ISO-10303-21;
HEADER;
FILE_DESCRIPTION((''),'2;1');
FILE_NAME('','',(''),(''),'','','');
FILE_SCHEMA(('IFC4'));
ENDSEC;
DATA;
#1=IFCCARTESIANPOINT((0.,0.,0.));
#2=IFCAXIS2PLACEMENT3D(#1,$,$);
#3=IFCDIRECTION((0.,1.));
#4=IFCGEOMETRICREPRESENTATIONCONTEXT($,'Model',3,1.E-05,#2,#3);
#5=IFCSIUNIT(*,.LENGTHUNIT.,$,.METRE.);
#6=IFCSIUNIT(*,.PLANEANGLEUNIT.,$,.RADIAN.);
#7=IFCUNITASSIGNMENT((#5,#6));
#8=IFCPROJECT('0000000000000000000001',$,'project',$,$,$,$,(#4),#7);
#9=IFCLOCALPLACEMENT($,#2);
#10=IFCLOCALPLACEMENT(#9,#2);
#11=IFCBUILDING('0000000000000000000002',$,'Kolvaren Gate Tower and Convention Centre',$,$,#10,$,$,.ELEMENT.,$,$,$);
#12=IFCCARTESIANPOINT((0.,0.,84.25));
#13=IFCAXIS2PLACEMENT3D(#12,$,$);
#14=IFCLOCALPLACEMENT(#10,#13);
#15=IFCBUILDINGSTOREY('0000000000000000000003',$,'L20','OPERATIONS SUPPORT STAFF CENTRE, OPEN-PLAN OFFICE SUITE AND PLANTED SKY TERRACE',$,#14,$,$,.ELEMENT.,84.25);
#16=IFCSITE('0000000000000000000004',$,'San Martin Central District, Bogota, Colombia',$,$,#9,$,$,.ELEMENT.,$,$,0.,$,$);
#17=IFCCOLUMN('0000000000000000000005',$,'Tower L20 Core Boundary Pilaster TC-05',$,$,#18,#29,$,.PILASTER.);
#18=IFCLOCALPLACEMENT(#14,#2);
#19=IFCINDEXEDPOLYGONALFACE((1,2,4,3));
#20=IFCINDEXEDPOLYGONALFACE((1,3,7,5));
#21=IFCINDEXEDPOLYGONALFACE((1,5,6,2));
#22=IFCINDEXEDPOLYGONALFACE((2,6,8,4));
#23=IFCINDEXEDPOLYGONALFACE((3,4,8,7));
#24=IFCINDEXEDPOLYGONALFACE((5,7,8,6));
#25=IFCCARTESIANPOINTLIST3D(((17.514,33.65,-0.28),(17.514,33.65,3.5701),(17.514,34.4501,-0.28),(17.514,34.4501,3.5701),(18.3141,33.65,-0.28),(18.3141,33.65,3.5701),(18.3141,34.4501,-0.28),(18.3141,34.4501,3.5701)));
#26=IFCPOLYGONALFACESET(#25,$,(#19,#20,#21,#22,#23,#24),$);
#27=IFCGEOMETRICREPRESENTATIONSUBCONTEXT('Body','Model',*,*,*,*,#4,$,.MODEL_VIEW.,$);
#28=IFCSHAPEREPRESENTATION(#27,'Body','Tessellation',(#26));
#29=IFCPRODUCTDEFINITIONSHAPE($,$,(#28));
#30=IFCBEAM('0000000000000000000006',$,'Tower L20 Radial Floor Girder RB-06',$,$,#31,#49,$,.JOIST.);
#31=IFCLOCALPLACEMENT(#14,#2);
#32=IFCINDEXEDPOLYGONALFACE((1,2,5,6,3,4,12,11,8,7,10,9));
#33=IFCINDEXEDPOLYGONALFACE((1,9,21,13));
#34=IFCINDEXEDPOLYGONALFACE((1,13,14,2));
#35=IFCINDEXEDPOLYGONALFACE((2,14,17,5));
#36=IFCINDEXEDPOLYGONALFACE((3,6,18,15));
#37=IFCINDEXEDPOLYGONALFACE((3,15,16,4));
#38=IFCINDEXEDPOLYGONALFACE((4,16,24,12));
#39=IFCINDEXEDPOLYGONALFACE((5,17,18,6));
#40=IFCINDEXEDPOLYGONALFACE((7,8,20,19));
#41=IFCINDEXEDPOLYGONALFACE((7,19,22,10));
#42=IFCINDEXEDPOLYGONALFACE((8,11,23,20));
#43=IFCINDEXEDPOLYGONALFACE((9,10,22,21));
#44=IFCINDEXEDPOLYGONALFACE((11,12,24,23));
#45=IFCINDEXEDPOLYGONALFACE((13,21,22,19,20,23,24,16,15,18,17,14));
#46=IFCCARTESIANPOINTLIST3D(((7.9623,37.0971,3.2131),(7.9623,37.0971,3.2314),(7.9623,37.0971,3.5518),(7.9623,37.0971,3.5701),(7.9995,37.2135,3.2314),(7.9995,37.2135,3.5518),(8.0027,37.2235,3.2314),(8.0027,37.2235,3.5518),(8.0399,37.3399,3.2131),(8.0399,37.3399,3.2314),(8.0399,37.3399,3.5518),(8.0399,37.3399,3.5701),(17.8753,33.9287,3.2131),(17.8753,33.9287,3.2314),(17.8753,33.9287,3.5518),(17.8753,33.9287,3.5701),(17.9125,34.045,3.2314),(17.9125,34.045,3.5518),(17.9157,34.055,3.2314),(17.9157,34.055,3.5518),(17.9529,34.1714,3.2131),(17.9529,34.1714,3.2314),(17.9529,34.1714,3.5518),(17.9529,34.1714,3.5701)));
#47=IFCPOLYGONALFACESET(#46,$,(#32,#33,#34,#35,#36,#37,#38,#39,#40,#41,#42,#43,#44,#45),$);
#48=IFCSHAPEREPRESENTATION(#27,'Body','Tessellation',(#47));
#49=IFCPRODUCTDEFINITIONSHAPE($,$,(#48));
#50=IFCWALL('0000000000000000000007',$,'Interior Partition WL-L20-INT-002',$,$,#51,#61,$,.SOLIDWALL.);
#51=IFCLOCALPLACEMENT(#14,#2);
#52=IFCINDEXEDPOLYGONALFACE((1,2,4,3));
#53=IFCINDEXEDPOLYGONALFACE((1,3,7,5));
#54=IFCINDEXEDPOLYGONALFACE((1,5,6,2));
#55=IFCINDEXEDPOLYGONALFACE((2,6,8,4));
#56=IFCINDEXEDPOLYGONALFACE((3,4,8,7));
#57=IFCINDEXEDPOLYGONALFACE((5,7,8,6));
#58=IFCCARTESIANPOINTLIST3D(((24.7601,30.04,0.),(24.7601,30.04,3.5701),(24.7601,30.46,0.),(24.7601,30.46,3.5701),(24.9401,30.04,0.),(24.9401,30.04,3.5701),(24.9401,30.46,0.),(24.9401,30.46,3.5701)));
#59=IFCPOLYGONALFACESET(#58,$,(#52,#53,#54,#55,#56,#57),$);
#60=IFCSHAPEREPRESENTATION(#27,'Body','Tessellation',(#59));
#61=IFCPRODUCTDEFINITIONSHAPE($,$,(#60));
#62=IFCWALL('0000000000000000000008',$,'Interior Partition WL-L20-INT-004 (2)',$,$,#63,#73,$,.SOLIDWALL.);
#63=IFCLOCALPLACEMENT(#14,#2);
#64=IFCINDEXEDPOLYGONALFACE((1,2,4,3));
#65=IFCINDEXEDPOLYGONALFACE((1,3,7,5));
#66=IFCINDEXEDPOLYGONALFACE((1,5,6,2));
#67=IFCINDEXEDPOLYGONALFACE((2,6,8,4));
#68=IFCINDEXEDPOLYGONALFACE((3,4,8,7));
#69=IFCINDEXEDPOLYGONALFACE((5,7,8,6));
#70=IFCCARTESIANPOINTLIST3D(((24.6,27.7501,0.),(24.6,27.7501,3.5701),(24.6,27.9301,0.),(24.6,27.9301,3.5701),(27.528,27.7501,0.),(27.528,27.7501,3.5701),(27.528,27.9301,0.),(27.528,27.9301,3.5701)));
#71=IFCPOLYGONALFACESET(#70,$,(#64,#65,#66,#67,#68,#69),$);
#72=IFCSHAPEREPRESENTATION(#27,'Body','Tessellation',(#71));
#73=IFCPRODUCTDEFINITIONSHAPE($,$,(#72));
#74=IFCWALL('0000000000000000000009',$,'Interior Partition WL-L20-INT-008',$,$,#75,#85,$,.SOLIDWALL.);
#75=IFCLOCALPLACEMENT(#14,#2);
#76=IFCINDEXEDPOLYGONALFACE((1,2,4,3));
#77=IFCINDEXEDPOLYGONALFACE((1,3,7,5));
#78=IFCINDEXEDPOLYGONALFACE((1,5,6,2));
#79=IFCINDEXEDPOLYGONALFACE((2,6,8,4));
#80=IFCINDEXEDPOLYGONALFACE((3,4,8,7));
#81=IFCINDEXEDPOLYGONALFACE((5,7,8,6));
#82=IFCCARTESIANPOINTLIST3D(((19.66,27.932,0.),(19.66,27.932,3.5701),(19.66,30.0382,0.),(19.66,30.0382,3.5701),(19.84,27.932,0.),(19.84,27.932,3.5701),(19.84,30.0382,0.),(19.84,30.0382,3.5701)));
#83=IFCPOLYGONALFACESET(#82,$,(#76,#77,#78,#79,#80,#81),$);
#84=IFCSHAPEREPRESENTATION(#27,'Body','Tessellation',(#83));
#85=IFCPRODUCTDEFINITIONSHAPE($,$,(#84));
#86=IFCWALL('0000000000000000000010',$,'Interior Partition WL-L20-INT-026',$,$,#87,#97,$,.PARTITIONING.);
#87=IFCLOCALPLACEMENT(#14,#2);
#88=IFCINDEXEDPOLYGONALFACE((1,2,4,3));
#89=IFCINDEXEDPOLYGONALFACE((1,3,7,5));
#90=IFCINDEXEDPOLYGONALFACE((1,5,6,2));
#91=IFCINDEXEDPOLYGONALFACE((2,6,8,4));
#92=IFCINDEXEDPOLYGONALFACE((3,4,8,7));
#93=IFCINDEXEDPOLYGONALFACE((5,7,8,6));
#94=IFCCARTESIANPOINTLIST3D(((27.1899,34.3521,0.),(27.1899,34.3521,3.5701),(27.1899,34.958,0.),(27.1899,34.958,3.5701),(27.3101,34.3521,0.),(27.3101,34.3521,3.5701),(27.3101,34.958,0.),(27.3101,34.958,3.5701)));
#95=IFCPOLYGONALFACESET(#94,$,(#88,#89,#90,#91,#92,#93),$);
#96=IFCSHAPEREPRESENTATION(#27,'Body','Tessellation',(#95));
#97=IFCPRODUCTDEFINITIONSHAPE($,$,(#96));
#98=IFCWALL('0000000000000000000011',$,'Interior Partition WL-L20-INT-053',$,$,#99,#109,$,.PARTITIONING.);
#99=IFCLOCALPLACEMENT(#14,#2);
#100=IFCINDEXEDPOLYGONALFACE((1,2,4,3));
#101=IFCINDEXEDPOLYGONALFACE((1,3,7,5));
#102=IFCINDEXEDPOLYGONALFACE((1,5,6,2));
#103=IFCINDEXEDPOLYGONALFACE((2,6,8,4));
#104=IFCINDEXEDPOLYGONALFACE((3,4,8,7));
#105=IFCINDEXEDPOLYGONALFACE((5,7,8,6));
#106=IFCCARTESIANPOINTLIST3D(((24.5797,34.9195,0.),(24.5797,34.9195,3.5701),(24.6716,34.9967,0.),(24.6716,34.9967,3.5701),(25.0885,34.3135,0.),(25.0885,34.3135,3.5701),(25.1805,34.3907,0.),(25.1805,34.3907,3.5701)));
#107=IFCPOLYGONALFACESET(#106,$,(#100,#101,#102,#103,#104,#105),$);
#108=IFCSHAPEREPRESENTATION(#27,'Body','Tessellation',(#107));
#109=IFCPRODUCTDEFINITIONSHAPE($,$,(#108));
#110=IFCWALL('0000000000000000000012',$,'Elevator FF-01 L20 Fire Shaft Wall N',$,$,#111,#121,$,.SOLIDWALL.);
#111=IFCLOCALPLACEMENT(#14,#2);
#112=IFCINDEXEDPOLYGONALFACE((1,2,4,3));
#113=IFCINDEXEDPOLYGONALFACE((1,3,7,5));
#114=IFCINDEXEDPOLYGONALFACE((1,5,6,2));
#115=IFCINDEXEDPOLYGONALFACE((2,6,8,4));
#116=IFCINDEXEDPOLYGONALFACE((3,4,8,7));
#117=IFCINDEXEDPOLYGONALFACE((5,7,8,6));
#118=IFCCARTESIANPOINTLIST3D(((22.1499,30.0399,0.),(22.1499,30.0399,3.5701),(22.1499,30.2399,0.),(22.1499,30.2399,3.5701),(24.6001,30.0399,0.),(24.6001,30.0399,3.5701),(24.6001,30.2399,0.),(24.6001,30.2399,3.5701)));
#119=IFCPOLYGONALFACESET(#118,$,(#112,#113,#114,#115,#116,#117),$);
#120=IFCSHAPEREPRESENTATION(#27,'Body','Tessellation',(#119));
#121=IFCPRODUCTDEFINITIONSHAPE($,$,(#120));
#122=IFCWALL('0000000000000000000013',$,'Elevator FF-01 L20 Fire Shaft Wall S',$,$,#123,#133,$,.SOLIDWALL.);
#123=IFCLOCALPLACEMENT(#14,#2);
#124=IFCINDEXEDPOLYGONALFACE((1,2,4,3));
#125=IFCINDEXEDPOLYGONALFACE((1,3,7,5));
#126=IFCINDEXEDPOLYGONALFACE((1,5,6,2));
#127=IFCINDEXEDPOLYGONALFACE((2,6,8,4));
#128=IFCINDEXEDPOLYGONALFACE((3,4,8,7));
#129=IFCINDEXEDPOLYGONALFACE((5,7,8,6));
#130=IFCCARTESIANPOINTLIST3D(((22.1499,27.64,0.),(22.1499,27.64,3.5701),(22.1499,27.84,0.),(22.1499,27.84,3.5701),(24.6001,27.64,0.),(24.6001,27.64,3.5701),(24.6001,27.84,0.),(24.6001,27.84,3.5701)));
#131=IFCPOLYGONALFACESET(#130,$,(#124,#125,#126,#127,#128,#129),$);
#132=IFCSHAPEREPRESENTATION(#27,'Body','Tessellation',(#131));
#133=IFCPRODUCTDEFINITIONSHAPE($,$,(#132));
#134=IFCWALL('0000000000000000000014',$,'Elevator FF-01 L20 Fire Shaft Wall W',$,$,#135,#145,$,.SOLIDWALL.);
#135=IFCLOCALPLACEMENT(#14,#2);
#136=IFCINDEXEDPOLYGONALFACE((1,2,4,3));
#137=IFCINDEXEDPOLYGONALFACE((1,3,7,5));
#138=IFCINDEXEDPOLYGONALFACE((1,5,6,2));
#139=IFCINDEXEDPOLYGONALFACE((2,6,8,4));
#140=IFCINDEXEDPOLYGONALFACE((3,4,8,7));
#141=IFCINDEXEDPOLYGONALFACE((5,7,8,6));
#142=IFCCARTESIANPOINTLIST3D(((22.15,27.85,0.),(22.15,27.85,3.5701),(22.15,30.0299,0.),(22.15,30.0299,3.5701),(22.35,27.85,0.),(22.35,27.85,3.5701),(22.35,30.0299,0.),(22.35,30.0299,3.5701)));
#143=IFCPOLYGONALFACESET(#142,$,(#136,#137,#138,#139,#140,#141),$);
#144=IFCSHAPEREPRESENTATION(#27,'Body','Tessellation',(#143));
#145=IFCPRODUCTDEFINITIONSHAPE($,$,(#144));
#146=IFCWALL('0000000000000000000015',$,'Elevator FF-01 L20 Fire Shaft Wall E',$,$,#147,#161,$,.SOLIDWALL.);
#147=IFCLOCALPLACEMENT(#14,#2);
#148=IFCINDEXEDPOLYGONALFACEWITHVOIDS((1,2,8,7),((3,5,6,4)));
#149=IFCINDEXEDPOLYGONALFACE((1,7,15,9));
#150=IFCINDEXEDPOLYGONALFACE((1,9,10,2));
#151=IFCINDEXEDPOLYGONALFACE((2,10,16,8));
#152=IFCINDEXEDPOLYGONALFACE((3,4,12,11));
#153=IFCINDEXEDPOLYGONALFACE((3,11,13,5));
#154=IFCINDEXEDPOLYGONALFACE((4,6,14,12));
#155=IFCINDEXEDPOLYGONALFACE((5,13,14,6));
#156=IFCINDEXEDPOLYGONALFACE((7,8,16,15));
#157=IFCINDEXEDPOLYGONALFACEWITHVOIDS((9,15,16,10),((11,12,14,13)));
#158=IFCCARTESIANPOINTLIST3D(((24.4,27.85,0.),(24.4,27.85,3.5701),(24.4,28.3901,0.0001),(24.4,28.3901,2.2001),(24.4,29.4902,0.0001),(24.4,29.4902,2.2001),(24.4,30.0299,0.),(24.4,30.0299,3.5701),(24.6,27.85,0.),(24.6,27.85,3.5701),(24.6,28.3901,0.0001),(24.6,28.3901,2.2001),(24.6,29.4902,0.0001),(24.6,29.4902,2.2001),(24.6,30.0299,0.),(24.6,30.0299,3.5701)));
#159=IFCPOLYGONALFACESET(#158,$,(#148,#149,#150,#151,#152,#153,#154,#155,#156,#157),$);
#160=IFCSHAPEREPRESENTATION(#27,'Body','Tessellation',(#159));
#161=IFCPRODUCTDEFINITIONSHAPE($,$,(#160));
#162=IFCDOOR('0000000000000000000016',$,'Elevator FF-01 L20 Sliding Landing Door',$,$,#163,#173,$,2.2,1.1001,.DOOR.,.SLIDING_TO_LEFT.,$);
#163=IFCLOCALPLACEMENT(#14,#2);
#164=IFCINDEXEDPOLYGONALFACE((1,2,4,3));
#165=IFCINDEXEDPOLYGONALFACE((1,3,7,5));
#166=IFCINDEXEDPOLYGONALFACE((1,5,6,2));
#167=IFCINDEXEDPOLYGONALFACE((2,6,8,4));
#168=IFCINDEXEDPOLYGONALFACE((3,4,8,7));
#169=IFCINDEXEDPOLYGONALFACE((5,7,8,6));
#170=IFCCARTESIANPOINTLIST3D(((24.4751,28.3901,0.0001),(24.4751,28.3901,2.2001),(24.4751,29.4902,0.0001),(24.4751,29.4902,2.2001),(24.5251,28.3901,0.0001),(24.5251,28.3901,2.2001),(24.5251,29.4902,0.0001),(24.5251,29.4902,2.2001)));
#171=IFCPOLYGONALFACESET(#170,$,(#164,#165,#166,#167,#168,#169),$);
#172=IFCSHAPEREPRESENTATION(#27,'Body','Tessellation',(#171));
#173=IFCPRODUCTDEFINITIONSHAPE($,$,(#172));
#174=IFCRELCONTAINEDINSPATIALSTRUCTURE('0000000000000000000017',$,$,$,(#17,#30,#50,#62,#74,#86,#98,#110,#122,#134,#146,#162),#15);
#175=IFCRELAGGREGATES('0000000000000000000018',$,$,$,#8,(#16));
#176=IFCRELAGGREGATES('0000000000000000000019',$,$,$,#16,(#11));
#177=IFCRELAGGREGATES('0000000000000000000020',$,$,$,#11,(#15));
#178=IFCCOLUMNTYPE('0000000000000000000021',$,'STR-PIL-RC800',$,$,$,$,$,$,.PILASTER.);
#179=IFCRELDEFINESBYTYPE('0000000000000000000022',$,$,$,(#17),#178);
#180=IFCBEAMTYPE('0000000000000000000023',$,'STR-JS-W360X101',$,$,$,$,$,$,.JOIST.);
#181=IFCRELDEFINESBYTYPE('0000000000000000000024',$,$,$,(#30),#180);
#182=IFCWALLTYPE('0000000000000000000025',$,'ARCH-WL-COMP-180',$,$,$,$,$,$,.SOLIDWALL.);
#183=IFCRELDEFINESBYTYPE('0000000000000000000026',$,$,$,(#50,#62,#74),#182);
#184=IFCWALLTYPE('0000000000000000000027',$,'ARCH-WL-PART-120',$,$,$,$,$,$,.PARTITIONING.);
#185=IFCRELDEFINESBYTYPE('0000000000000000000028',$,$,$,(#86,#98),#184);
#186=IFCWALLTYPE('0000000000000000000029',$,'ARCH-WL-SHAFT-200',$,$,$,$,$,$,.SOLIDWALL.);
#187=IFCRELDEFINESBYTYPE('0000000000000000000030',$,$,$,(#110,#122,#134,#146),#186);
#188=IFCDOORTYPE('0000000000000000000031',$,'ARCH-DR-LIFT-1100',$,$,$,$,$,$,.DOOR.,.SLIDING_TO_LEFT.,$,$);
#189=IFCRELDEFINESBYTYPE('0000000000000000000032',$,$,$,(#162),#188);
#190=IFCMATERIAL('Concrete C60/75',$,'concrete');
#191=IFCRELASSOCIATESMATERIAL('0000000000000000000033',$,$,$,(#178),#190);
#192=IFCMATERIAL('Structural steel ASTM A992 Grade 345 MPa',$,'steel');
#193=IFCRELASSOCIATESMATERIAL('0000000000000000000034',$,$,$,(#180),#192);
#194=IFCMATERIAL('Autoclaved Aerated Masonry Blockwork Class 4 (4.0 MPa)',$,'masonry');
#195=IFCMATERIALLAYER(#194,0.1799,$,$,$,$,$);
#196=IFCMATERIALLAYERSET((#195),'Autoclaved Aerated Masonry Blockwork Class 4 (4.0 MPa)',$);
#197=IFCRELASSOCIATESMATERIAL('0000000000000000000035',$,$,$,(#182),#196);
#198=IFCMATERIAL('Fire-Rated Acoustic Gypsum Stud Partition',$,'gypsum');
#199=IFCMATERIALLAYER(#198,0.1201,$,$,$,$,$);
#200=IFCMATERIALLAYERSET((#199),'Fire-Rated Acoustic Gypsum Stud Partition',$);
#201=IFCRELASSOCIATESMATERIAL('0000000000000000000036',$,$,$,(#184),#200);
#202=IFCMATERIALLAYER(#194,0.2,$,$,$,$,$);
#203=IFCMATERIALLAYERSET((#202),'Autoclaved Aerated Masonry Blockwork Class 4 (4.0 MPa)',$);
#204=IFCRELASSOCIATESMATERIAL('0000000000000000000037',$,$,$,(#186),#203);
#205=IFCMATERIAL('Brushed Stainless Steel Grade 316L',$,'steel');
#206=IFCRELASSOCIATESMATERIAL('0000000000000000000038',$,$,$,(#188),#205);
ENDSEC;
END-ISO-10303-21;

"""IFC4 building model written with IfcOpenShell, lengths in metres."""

from ifc_helpers import new_model, si_unit, direction, frame, frame_2d, origin, origin_2d, place, context, subcontext, project, spatial, rectangle, i_section, extrude, material, layer, layer_set, material_profile, profile_set, type_object, element, fill, save


model = new_model("IFC4")

# Units and contexts
model_context = context("Model", 3, precision=1e-05, world=origin(), true_north=direction((0.0, 1.0)))
body_context = subcontext(model_context, "Body", "Model", "MODEL_VIEW")
ifc_project = project(units=[si_unit("LENGTHUNIT", "METRE"), si_unit("PLANEANGLEUNIT", "RADIAN")], contexts=[model_context])

# Site, building, storey
site_placement = place(None, origin())
site = spatial("IfcSite", under=ifc_project, at=site_placement, Name="San Martin Central District, Bogota, Colombia", CompositionType="ELEMENT", RefElevation=0.0)
building_placement = place(site_placement, origin())
building = spatial("IfcBuilding", under=site, at=building_placement, Name="Kolvaren Gate Tower and Convention Centre", CompositionType="ELEMENT")
storey_placement = place(building_placement, frame((0.0, 0.0, 84.25)))
storey = spatial("IfcBuildingStorey", under=building, at=storey_placement, Name="L20", Description="OPERATIONS SUPPORT STAFF CENTRE, OPEN-PLAN OFFICE SUITE AND PLANTED SKY TERRACE", CompositionType="ELEMENT", Elevation=84.25)

# Column
ifc_material_1 = material(Name="Concrete C60/75", Category="concrete")
ifc_material_profile_1 = material_profile(ifc_material_1, rectangle(XDim=0.8, YDim=0.8, at=origin_2d()), Name="RC-COL-800X800")
ifc_profile_set_1 = profile_set([ifc_material_profile_1], Name="Concrete C60/75")
column_type = type_object("IfcColumnType", Name="STR-PIL-RC800", PredefinedType="PILASTER", material=ifc_profile_set_1)
column_placement = place(storey_placement, frame((17.9141, 34.05, -0.28), z_axis=(0.0, 0.0, 1.0), x_axis=(1.0, 0.0, 0.0)))
element("IfcColumn", 1, at=column_placement, inside=storey, type_object=column_type, Name="Tower L20 Core Boundary Pilaster TC-05", PredefinedType="PILASTER", context=body_context, shape_type="SweptSolid", body=[
    extrude(rectangle(XDim=0.8, YDim=0.8, at=origin_2d()), origin(), (0.0, 0.0, 1.0), 3.8501),
])

# Beam
ifc_material_2 = material(Name="Structural steel ASTM A992 Grade 345 MPa", Category="steel")
ifc_material_profile_2 = material_profile(ifc_material_2, i_section(OverallWidth=0.2549, OverallDepth=0.3569, WebThickness=0.0105, FlangeThickness=0.0183, at=origin_2d()), Name="W360X101")
ifc_profile_set_2 = profile_set([ifc_material_profile_2], Name="Structural steel ASTM A992 Grade 345 MPa")
beam_type = type_object("IfcBeamType", Name="STR-JS-W360X101", PredefinedType="JOIST", material=ifc_profile_set_2)
beam_placement = place(storey_placement, frame((17.9141, 34.05, 3.3916), z_axis=(-0.952526, 0.304457, 0.0), x_axis=(-0.304457, -0.952526, 0.0)))
element("IfcBeam", 2, at=beam_placement, inside=storey, type_object=beam_type, Name="Tower L20 Radial Floor Girder RB-06", PredefinedType="JOIST", context=body_context, shape_type="SweptSolid", body=[
    extrude(i_section(OverallWidth=0.2549, OverallDepth=0.3569, WebThickness=0.0105, FlangeThickness=0.0183, at=origin_2d()), origin(), (0.0, 0.0, 1.0), 10.407),
])

# Walls
ifc_material_3 = material(Name="Autoclaved Aerated Masonry Blockwork Class 4 (4.0 MPa)", Category="masonry")
ifc_layer_1 = layer(ifc_material_3, 0.1799)
ifc_layer_set_1 = layer_set([ifc_layer_1], Name="Autoclaved Aerated Masonry Blockwork Class 4 (4.0 MPa)")
wall_type_1 = type_object("IfcWallType", Name="ARCH-WL-COMP-180", PredefinedType="SOLIDWALL", material=ifc_layer_set_1)
wall_1_placement = place(storey_placement, frame((24.8501, 30.04, 0.0), z_axis=(0.0, 0.0, 1.0), x_axis=(0.0, 1.0, 0.0)))
element("IfcWall", 3, at=wall_1_placement, inside=storey, type_object=wall_type_1, Name="Interior Partition WL-L20-INT-002", PredefinedType="SOLIDWALL", context=body_context, shape_type="SweptSolid", body=[
    extrude(rectangle(XDim=0.4199, YDim=0.1799, at=frame_2d((0.21, 0.0))), origin(), (0.0, 0.0, 1.0), 3.5701),
])
wall_2_placement = place(storey_placement, frame((24.6001, 27.8401, 0.0), z_axis=(0.0, 0.0, 1.0), x_axis=(1.0, 0.0, 0.0)))
element("IfcWall", 4, at=wall_2_placement, inside=storey, type_object=wall_type_1, Name="Interior Partition WL-L20-INT-004 (2)", PredefinedType="SOLIDWALL", context=body_context, shape_type="SweptSolid", body=[
    extrude(rectangle(XDim=2.928, YDim=0.1799, at=frame_2d((1.4639, 0.0))), origin(), (0.0, 0.0, 1.0), 3.5701),
])
wall_3_placement = place(storey_placement, frame((19.75, 27.9319, 0.0), z_axis=(0.0, 0.0, 1.0), x_axis=(0.0, 1.0, 0.0)))
element("IfcWall", 5, at=wall_3_placement, inside=storey, type_object=wall_type_1, Name="Interior Partition WL-L20-INT-008", PredefinedType="SOLIDWALL", context=body_context, shape_type="SweptSolid", body=[
    extrude(rectangle(XDim=2.1062, YDim=0.1799, at=frame_2d((1.0532, 0.0))), origin(), (0.0, 0.0, 1.0), 3.5701),
])
ifc_material_4 = material(Name="Fire-Rated Acoustic Gypsum Stud Partition", Category="gypsum")
ifc_layer_2 = layer(ifc_material_4, 0.1201)
ifc_layer_set_2 = layer_set([ifc_layer_2], Name="Fire-Rated Acoustic Gypsum Stud Partition")
wall_type_2 = type_object("IfcWallType", Name="ARCH-WL-PART-120", PredefinedType="PARTITIONING", material=ifc_layer_set_2)
wall_4_placement = place(storey_placement, frame((27.25, 34.3521, 0.0), z_axis=(0.0, 0.0, 1.0), x_axis=(0.0, 1.0, 0.0)))
element("IfcWall", 6, at=wall_4_placement, inside=storey, type_object=wall_type_2, Name="Interior Partition WL-L20-INT-026", PredefinedType="PARTITIONING", context=body_context, shape_type="SweptSolid", body=[
    extrude(rectangle(XDim=0.606, YDim=0.1201, at=frame_2d((0.303, 0.0))), origin(), (0.0, 0.0, 1.0), 3.5701),
])
wall_5_placement = place(storey_placement, frame((24.6257, 34.958, 0.0), z_axis=(0.0, 0.0, 1.0), x_axis=(0.643033, -0.765839, 0.0)))
element("IfcWall", 7, at=wall_5_placement, inside=storey, type_object=wall_type_2, Name="Interior Partition WL-L20-INT-053", PredefinedType="PARTITIONING", context=body_context, shape_type="SweptSolid", body=[
    extrude(rectangle(XDim=0.7913, YDim=0.1201, at=frame_2d((0.3955, 0.0))), origin(), (0.0, 0.0, 1.0), 3.5701),
])
ifc_layer_3 = layer(ifc_material_3, 0.2)
ifc_layer_set_3 = layer_set([ifc_layer_3], Name="Autoclaved Aerated Masonry Blockwork Class 4 (4.0 MPa)")
wall_type_3 = type_object("IfcWallType", Name="ARCH-WL-SHAFT-200", PredefinedType="SOLIDWALL", material=ifc_layer_set_3)
for number, where, z_axis, x_axis, name in (
    (8, (22.1499, 30.1399, 0.0), (0.0, 0.0, 1.0), (1.0, 0.0, 0.0), "Elevator FF-01 L20 Fire Shaft Wall N"),
    (9, (22.1499, 27.74, 0.0), (0.0, 0.0, 1.0), (1.0, 0.0, 0.0), "Elevator FF-01 L20 Fire Shaft Wall S"),
):
    element("IfcWall", number, at=place(storey_placement, frame(where, z_axis=z_axis, x_axis=x_axis)), inside=storey, type_object=wall_type_3, Name=name, PredefinedType="SOLIDWALL", context=body_context, shape_type="SweptSolid", body=[
        extrude(rectangle(XDim=2.4502, YDim=0.2, at=frame_2d((1.2251, 0.0))), origin(), (0.0, 0.0, 1.0), 3.5701),
    ])
wall_6_placement = place(storey_placement, frame((22.25, 27.8501, 0.0), z_axis=(0.0, 0.0, 1.0), x_axis=(0.0, 1.0, 0.0)))
element("IfcWall", 10, at=wall_6_placement, inside=storey, type_object=wall_type_3, Name="Elevator FF-01 L20 Fire Shaft Wall W", PredefinedType="SOLIDWALL", context=body_context, shape_type="SweptSolid", body=[
    extrude(rectangle(XDim=2.1799, YDim=0.2, at=frame_2d((1.0898, 0.0))), origin(), (0.0, 0.0, 1.0), 3.5701),
])

# Wall, opening, door
wall_7_placement = place(storey_placement, frame((24.5, 27.8501, 0.0), z_axis=(0.0, 0.0, 1.0), x_axis=(0.0, 1.0, 0.0)))
wall_7 = element("IfcWall", 11, at=wall_7_placement, inside=storey, type_object=wall_type_3, Name="Elevator FF-01 L20 Fire Shaft Wall E", PredefinedType="SOLIDWALL", context=body_context, shape_type="SweptSolid", body=[
    extrude(rectangle(XDim=2.1799, YDim=0.2, at=frame_2d((1.0898, 0.0))), origin(), (0.0, 0.0, 1.0), 3.5701),
])
opening_1_placement = place(wall_7_placement, frame((0.54, 0.0, 0.0)))
opening_1 = element("IfcOpeningElement", 12, at=opening_1_placement, cuts=wall_7, PredefinedType="OPENING", context=body_context, shape_type="SweptSolid", body=[
    extrude(rectangle(XDim=1.1001, YDim=2.2, at=frame_2d((0.55, 1.1001))), frame((0.0, 0.1099, 0.0), z_axis=(0.0, -1.0, 0.0), x_axis=(1.0, 0.0, 0.0)), (0.0, 0.0, 1.0), 0.22),
])
ifc_material_5 = material(Name="Brushed Stainless Steel Grade 316L", Category="steel")
door_type_1 = type_object("IfcDoorType", Name="ARCH-DR-LIFT-1100", OperationType="SLIDING_TO_LEFT", PredefinedType="DOOR", material=ifc_material_5)
door_1_placement = place(opening_1_placement, origin())
door_1 = element("IfcDoor", 13, at=door_1_placement, inside=storey, type_object=door_type_1, Name="Elevator FF-01 L20 Sliding Landing Door", OperationType="SLIDING_TO_LEFT", OverallHeight=2.2, OverallWidth=1.1001, PredefinedType="DOOR", context=body_context, shape_type="SweptSolid", body=[
    extrude(rectangle(XDim=1.1001, YDim=2.2, at=frame_2d((0.55, 1.1001))), frame((0.0, 0.0249, 0.0), z_axis=(0.0, -1.0, 0.0), x_axis=(1.0, 0.0, 0.0)), (0.0, 0.0, 1.0), 0.05),
])
fill(opening_1, door_1)

save(model, "model.ifc")
